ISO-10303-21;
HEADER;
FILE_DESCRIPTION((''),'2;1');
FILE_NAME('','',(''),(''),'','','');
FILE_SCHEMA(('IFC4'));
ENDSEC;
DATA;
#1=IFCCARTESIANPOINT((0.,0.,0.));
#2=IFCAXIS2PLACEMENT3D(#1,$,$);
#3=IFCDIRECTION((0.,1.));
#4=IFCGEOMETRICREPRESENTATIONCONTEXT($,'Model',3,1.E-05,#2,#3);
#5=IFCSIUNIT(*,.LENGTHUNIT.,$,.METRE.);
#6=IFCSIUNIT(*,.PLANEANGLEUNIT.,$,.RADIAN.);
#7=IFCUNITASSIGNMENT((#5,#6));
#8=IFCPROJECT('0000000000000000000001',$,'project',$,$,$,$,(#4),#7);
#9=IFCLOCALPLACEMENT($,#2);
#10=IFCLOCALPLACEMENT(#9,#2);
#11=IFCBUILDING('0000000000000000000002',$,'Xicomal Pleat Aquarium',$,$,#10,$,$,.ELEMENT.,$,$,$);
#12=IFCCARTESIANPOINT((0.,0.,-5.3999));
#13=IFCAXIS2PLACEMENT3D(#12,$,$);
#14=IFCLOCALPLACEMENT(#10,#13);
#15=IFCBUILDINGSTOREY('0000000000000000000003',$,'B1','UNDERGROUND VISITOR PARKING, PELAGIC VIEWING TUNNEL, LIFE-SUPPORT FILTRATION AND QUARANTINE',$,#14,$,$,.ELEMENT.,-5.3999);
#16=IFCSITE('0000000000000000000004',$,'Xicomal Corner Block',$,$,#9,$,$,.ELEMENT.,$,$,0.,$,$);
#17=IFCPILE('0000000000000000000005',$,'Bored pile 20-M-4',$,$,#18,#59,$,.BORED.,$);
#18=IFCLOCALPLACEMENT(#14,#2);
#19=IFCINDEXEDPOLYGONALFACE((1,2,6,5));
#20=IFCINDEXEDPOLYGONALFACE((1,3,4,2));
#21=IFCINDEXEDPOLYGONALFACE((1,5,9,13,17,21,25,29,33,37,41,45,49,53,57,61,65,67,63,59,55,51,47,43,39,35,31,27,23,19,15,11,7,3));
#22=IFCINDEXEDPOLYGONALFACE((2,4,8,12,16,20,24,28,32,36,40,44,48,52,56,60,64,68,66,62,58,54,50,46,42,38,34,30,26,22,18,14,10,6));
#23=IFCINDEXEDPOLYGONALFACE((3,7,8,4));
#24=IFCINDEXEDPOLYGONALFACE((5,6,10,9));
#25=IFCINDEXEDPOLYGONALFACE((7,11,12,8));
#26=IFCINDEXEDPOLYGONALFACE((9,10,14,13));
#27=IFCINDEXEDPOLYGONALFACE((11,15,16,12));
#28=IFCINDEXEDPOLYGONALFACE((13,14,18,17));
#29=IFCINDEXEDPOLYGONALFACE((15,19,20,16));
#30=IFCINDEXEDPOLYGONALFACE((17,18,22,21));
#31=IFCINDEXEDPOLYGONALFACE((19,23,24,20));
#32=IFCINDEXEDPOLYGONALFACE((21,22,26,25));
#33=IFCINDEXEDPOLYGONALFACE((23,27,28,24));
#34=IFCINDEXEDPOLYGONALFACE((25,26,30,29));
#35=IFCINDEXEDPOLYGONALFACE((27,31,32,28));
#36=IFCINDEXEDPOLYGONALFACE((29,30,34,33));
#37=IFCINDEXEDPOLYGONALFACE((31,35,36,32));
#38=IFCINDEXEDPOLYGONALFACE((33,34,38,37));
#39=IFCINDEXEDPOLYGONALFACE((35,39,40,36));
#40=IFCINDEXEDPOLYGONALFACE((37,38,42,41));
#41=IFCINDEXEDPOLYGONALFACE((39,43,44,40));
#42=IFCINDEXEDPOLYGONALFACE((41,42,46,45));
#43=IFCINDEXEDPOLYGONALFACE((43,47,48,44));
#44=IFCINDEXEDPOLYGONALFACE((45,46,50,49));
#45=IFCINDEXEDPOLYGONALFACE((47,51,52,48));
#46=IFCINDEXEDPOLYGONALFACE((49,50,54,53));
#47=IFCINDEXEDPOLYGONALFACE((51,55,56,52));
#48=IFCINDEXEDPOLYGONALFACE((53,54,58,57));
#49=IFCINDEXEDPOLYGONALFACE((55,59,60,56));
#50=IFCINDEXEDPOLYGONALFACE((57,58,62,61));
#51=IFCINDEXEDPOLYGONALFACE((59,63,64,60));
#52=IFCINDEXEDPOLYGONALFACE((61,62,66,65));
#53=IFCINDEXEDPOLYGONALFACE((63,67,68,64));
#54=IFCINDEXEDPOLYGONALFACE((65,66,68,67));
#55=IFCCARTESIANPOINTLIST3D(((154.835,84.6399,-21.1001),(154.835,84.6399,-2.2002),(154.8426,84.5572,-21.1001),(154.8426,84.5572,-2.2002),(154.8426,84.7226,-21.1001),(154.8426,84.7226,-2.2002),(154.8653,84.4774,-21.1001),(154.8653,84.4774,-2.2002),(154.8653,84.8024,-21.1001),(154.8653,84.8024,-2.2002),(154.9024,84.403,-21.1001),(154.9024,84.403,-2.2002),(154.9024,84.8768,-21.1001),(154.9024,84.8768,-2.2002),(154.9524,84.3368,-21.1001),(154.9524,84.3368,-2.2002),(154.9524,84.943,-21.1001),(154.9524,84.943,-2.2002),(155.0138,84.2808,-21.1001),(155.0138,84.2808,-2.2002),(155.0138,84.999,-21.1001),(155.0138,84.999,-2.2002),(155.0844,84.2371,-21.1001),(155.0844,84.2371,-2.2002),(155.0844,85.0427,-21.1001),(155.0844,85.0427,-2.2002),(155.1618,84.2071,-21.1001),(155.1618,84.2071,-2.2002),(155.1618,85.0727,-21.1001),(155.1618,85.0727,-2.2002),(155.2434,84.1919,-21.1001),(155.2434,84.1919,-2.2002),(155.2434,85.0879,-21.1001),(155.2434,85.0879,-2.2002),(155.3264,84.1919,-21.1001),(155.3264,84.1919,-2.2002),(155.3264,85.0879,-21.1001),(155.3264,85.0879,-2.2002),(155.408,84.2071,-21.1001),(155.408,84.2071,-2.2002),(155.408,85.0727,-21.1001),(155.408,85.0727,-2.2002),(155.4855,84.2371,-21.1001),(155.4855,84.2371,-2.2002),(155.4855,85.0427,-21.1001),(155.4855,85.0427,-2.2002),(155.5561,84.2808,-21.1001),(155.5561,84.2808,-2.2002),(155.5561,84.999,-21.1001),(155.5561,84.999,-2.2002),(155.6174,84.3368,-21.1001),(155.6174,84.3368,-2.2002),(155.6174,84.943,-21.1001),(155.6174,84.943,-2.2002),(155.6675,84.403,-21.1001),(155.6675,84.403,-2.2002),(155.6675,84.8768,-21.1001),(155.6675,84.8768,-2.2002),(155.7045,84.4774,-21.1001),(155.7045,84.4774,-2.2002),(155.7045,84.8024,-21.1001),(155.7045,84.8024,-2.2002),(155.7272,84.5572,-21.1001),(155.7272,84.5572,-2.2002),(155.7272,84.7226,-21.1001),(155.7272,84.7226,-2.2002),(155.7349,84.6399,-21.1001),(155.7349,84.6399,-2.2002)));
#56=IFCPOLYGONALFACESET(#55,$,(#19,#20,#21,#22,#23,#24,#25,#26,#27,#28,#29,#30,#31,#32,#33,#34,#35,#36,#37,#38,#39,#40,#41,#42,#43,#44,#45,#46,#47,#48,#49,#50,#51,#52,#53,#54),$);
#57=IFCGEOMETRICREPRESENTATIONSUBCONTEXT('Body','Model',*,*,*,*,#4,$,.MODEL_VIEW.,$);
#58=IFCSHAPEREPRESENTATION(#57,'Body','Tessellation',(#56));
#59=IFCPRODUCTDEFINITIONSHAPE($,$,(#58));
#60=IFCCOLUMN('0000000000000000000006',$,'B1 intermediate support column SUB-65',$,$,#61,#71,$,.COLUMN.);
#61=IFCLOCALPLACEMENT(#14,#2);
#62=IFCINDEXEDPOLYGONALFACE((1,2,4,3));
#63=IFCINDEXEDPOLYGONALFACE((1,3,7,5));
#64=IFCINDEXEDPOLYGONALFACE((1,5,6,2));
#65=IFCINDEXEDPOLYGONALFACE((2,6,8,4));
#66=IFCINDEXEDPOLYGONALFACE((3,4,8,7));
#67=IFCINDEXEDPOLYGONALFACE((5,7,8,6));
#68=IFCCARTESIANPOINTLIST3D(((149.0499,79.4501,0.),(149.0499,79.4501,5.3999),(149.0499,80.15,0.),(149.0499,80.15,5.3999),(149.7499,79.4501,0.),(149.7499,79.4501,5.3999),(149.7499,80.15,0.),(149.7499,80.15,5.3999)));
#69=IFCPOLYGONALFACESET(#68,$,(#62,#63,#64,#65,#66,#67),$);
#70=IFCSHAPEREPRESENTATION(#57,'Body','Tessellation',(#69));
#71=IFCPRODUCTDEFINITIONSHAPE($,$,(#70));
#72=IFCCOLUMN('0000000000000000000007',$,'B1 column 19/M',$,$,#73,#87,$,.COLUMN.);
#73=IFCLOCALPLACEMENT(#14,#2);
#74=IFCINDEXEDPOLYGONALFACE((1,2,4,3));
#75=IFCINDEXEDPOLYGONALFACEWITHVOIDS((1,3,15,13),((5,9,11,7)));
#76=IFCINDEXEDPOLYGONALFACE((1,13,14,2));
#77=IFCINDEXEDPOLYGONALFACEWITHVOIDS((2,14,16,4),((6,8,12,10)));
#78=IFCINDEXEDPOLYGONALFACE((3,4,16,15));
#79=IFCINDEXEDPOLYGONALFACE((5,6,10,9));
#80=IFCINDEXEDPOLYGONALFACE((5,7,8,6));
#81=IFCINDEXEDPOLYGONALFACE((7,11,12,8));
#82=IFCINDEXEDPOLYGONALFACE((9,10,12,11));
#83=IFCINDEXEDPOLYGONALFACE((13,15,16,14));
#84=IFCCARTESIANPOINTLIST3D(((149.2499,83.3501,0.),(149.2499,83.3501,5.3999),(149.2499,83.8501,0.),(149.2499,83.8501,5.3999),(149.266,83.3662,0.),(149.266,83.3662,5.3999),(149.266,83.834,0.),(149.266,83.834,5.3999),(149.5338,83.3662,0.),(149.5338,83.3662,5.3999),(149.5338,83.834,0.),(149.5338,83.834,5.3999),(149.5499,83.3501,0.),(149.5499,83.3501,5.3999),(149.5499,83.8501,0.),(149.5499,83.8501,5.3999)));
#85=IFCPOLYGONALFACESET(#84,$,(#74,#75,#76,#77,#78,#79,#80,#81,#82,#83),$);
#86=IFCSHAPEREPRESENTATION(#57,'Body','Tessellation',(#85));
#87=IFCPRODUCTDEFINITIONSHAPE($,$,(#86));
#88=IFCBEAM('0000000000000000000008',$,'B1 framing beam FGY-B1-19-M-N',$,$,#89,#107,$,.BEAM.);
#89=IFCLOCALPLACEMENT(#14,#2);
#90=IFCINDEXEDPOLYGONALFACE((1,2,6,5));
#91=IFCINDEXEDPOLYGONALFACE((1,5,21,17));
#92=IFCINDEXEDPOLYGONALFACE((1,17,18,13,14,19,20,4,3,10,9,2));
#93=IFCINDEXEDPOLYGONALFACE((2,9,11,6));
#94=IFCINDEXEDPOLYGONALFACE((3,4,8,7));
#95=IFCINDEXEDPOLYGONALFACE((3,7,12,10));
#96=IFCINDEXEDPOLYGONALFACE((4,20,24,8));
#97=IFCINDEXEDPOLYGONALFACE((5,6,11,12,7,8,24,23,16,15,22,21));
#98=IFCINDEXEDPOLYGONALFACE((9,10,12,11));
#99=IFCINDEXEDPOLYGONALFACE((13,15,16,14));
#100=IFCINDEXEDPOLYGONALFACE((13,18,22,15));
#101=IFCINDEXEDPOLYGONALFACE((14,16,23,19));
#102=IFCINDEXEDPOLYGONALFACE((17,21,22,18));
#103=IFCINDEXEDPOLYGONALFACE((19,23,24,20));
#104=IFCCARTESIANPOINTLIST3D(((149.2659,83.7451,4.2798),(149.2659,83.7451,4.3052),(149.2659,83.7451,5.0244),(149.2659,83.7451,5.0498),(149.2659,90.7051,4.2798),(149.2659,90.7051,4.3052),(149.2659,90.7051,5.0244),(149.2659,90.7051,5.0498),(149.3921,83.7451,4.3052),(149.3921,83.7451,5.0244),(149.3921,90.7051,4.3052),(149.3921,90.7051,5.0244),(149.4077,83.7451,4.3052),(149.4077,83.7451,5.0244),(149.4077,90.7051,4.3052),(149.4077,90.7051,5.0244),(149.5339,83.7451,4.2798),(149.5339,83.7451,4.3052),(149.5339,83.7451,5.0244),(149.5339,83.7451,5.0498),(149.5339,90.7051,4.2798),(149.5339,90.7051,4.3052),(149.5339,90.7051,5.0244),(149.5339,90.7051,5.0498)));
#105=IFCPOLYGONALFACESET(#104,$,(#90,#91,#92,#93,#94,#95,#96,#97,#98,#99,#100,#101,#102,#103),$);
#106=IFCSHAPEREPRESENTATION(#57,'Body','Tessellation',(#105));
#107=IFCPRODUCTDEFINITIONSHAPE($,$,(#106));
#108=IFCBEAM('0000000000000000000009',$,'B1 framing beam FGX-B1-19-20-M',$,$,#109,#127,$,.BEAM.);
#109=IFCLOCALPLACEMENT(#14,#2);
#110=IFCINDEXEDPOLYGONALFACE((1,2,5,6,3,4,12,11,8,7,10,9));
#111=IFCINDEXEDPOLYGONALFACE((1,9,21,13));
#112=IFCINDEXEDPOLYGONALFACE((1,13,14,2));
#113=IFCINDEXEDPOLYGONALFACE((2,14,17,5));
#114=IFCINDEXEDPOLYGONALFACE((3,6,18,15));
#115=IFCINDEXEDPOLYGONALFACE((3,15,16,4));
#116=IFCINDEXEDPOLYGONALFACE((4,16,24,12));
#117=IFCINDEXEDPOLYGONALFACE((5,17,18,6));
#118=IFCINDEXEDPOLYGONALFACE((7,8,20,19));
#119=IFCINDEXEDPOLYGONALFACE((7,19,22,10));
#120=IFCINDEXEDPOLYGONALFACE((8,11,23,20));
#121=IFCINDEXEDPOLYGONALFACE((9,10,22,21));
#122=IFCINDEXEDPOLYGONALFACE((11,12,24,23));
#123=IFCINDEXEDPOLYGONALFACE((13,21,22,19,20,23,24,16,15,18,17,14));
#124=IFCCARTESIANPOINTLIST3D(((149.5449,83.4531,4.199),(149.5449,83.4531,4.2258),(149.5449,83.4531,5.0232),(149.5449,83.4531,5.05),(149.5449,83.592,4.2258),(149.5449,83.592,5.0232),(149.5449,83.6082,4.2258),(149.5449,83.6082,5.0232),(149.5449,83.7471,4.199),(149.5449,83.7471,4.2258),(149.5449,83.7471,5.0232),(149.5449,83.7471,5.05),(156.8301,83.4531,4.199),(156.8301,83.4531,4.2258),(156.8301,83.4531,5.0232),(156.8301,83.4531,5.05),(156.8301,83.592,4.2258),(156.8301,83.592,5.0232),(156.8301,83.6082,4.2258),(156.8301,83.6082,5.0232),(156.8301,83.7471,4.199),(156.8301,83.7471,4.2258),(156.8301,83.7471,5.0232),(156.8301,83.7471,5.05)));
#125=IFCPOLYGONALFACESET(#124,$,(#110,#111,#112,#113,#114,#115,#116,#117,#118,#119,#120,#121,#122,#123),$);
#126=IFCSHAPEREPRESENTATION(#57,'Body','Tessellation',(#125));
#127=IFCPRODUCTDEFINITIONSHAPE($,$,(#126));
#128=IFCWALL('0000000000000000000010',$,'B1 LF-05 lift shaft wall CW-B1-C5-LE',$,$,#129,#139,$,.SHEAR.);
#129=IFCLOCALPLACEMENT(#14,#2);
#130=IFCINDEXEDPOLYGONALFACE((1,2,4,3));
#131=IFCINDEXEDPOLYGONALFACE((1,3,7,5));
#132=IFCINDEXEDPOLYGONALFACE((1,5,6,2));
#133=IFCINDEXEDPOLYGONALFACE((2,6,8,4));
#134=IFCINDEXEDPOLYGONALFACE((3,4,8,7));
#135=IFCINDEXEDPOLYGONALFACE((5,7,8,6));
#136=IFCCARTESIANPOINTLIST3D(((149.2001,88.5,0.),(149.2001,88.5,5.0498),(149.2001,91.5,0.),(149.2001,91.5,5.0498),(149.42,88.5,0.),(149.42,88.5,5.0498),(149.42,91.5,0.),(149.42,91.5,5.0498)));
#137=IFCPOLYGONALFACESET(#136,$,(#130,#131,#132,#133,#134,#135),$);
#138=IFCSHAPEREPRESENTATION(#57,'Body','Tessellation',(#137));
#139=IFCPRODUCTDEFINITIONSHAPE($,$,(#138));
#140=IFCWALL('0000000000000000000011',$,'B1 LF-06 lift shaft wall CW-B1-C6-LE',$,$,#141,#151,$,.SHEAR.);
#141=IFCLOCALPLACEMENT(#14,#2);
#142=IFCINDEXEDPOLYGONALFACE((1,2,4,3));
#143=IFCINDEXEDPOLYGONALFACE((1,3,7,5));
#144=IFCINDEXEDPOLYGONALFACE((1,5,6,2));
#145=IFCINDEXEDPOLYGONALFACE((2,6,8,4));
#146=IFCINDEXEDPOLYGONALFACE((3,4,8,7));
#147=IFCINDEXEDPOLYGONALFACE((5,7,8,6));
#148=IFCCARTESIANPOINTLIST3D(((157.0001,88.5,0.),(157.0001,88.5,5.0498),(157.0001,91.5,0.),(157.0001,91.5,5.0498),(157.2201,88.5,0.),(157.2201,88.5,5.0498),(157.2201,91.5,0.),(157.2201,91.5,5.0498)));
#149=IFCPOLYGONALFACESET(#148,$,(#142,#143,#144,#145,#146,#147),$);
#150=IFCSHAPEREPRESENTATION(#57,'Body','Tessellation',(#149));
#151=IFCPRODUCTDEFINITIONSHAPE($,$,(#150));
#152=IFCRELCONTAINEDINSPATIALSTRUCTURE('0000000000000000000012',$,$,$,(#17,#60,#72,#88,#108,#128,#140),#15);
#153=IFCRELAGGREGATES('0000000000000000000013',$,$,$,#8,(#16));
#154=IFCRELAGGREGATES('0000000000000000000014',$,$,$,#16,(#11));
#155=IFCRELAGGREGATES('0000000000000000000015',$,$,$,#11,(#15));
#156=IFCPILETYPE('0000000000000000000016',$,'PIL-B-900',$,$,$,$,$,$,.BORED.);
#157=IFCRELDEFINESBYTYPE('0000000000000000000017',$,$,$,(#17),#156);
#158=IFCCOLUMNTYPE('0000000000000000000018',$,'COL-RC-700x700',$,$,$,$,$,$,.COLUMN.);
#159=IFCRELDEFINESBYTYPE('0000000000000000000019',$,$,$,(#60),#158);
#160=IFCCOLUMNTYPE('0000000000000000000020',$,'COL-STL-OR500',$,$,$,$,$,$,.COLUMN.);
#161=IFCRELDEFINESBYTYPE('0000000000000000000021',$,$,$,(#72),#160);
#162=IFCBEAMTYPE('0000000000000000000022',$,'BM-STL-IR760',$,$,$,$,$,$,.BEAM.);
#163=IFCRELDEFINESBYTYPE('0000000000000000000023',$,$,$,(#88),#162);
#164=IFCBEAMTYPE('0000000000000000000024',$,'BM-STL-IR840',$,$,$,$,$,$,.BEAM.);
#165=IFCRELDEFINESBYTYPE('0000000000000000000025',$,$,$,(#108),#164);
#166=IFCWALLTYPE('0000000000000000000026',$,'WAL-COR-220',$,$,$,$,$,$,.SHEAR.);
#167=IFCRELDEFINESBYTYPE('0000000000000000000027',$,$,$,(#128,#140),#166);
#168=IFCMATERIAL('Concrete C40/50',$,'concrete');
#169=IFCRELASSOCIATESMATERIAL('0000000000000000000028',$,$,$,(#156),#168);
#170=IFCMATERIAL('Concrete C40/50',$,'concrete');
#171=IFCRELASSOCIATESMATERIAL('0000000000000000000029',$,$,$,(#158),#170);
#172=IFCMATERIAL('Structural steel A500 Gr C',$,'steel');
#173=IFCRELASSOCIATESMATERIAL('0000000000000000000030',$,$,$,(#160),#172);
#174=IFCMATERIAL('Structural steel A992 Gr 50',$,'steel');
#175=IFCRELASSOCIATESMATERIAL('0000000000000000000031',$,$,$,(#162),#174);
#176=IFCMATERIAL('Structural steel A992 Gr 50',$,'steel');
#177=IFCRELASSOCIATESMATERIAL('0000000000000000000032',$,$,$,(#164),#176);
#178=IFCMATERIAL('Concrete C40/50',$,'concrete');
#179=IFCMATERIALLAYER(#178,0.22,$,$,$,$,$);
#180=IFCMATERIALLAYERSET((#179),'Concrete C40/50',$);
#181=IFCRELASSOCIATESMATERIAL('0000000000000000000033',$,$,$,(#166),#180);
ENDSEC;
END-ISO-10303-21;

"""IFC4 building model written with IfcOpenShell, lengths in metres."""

from ifc_helpers import new_model, si_unit, direction, frame, frame_2d, origin, origin_2d, place, context, subcontext, project, spatial, rectangle, hollow_rectangle, circle, i_section, extrude, material, layer, layer_set, material_profile, profile_set, type_object, element, save


model = new_model("IFC4")

# Units and contexts
model_context = context("Model", 3, precision=1e-05, world=origin(), true_north=direction((0.0, 1.0)))
body_context = subcontext(model_context, "Body", "Model", "MODEL_VIEW")
ifc_project = project(units=[si_unit("LENGTHUNIT", "METRE"), si_unit("PLANEANGLEUNIT", "RADIAN")], contexts=[model_context])

# Site, building, storey
site_placement = place(None, origin())
site = spatial("IfcSite", under=ifc_project, at=site_placement, Name="Xicomal Corner Block", CompositionType="ELEMENT", RefElevation=0.0)
building_placement = place(site_placement, origin())
building = spatial("IfcBuilding", under=site, at=building_placement, Name="Xicomal Pleat Aquarium", CompositionType="ELEMENT")
storey_placement = place(building_placement, frame((0.0, 0.0, -5.3999)))
storey = spatial("IfcBuildingStorey", under=building, at=storey_placement, Name="B1", Description="UNDERGROUND VISITOR PARKING, PELAGIC VIEWING TUNNEL, LIFE-SUPPORT FILTRATION AND QUARANTINE", CompositionType="ELEMENT", Elevation=-5.3999)

# Pile
ifc_material_1 = material(Name="Concrete C40/50", Category="concrete")
ifc_material_profile_1 = material_profile(ifc_material_1, circle(Radius=0.45, at=origin_2d()), Name="BORED PILE D900")
ifc_profile_set_1 = profile_set([ifc_material_profile_1], Name="Concrete C40/50")
pile_type_1 = type_object("IfcPileType", Name="PIL-B-900", PredefinedType="BORED", material=ifc_profile_set_1)
for number, where, z_axis, x_axis, name in (
    (1, (155.2849, 84.6399, -2.2002), (0.0, 0.0, -1.0), (1.0, 0.0, 0.0), "Bored pile 20-M-4"),
):
    element("IfcPile", number, at=place(storey_placement, frame(where, z_axis=z_axis, x_axis=x_axis)), inside=storey, type_object=pile_type_1, Name=name, PredefinedType="BORED", context=body_context, shape_type="SweptSolid", body=[
        extrude(circle(Radius=0.45, at=origin_2d()), origin(), (0.0, 0.0, 1.0), 18.8999),
    ])

# Columns
ifc_material_2 = material(Name="Concrete C40/50", Category="concrete")
ifc_material_profile_2 = material_profile(ifc_material_2, rectangle(XDim=0.7, YDim=0.7, at=origin_2d()), Name="RC 700x700")
ifc_profile_set_2 = profile_set([ifc_material_profile_2], Name="Concrete C40/50")
column_type_1 = type_object("IfcColumnType", Name="COL-RC-700x700", PredefinedType="COLUMN", material=ifc_profile_set_2)
column_1_placement = place(storey_placement, frame((149.3999, 79.8, 0.0), z_axis=(0.0, 0.0, 1.0), x_axis=(1.0, 0.0, 0.0)))
element("IfcColumn", 2, at=column_1_placement, inside=storey, type_object=column_type_1, Name="B1 intermediate support column SUB-65", PredefinedType="COLUMN", context=body_context, shape_type="SweptSolid", body=[
    extrude(rectangle(XDim=0.7, YDim=0.7, at=origin_2d()), origin(), (0.0, 0.0, 1.0), 5.3999),
])
ifc_material_3 = material(Name="Structural steel A500 Gr C", Category="steel")
ifc_material_profile_3 = material_profile(ifc_material_3, hollow_rectangle(XDim=0.3, YDim=0.5, WallThickness=0.0161, at=origin_2d()), Name="OR 500x300x16")
ifc_profile_set_3 = profile_set([ifc_material_profile_3], Name="Structural steel A500 Gr C")
column_type_2 = type_object("IfcColumnType", Name="COL-STL-OR500", PredefinedType="COLUMN", material=ifc_profile_set_3)
column_2_placement = place(storey_placement, frame((149.3999, 83.6001, 0.0), z_axis=(0.0, 0.0, 1.0), x_axis=(1.0, 0.0, 0.0)))
element("IfcColumn", 3, at=column_2_placement, inside=storey, type_object=column_type_2, Name="B1 column 19/M", PredefinedType="COLUMN", context=body_context, shape_type="SweptSolid", body=[
    extrude(hollow_rectangle(XDim=0.3, YDim=0.5, WallThickness=0.0161, at=origin_2d()), origin(), (0.0, 0.0, 1.0), 5.3999),
])

# Beams
ifc_material_4 = material(Name="Structural steel A992 Gr 50", Category="steel")
ifc_material_profile_4 = material_profile(ifc_material_4, i_section(OverallWidth=0.2681, OverallDepth=0.77, WebThickness=0.0156, FlangeThickness=0.0254, at=origin_2d()), Name="IR 760x196")
ifc_profile_set_4 = profile_set([ifc_material_profile_4], Name="Structural steel A992 Gr 50")
beam_type_1 = type_object("IfcBeamType", Name="BM-STL-IR760", PredefinedType="BEAM", material=ifc_profile_set_4)
beam_1_placement = place(storey_placement, frame((149.3999, 83.7451, 4.6648), z_axis=(0.0, 1.0, 0.0), x_axis=(-1.0, 0.0, 0.0)))
element("IfcBeam", 4, at=beam_1_placement, inside=storey, type_object=beam_type_1, Name="B1 framing beam FGY-B1-19-M-N", PredefinedType="BEAM", context=body_context, shape_type="SweptSolid", body=[
    extrude(i_section(OverallWidth=0.2681, OverallDepth=0.77, WebThickness=0.0156, FlangeThickness=0.0254, at=origin_2d()), origin(), (0.0, 0.0, 1.0), 6.96),
])
ifc_material_5 = material(Name="Structural steel A992 Gr 50", Category="steel")
ifc_material_profile_5 = material_profile(ifc_material_5, i_section(OverallWidth=0.2939, OverallDepth=0.8511, WebThickness=0.0161, FlangeThickness=0.0269, at=origin_2d()), Name="IR 840x226")
ifc_profile_set_5 = profile_set([ifc_material_profile_5], Name="Structural steel A992 Gr 50")
beam_type_2 = type_object("IfcBeamType", Name="BM-STL-IR840", PredefinedType="BEAM", material=ifc_profile_set_5)
beam_2_placement = place(storey_placement, frame((149.5449, 83.6001, 4.6245), z_axis=(1.0, 0.0, 0.0), x_axis=(0.0, 1.0, 0.0)))
element("IfcBeam", 5, at=beam_2_placement, inside=storey, type_object=beam_type_2, Name="B1 framing beam FGX-B1-19-20-M", PredefinedType="BEAM", context=body_context, shape_type="SweptSolid", body=[
    extrude(i_section(OverallWidth=0.2939, OverallDepth=0.8511, WebThickness=0.0161, FlangeThickness=0.0269, at=origin_2d()), origin(), (0.0, 0.0, 1.0), 7.2852),
])

# Wall
ifc_material_6 = material(Name="Concrete C40/50", Category="concrete")
ifc_layer_1 = layer(ifc_material_6, 0.22)
ifc_layer_set_1 = layer_set([ifc_layer_1], Name="Concrete C40/50")
wall_type_1 = type_object("IfcWallType", Name="WAL-COR-220", PredefinedType="SHEAR", material=ifc_layer_set_1)
wall_1_placement = place(storey_placement, frame((149.3101, 88.5, 0.0), z_axis=(0.0, 0.0, 1.0), x_axis=(0.0, 1.0, 0.0)))
element("IfcWall", 6, at=wall_1_placement, inside=storey, type_object=wall_type_1, Name="B1 LF-05 lift shaft wall CW-B1-C5-LE", PredefinedType="SHEAR", context=body_context, shape_type="SweptSolid", body=[
    extrude(rectangle(XDim=3.0, YDim=0.22, at=frame_2d((1.5, 0.0))), origin(), (0.0, 0.0, 1.0), 5.0498),
])

# Wall
wall_2_placement = place(storey_placement, frame((157.1101, 88.5, 0.0), z_axis=(0.0, 0.0, 1.0), x_axis=(0.0, 1.0, 0.0)))
element("IfcWall", 7, at=wall_2_placement, inside=storey, type_object=wall_type_1, Name="B1 LF-06 lift shaft wall CW-B1-C6-LE", PredefinedType="SHEAR", context=body_context, shape_type="SweptSolid", body=[
    extrude(rectangle(XDim=3.0, YDim=0.22, at=frame_2d((1.5, 0.0))), origin(), (0.0, 0.0, 1.0), 5.0498),
])

save(model, "model.ifc")
